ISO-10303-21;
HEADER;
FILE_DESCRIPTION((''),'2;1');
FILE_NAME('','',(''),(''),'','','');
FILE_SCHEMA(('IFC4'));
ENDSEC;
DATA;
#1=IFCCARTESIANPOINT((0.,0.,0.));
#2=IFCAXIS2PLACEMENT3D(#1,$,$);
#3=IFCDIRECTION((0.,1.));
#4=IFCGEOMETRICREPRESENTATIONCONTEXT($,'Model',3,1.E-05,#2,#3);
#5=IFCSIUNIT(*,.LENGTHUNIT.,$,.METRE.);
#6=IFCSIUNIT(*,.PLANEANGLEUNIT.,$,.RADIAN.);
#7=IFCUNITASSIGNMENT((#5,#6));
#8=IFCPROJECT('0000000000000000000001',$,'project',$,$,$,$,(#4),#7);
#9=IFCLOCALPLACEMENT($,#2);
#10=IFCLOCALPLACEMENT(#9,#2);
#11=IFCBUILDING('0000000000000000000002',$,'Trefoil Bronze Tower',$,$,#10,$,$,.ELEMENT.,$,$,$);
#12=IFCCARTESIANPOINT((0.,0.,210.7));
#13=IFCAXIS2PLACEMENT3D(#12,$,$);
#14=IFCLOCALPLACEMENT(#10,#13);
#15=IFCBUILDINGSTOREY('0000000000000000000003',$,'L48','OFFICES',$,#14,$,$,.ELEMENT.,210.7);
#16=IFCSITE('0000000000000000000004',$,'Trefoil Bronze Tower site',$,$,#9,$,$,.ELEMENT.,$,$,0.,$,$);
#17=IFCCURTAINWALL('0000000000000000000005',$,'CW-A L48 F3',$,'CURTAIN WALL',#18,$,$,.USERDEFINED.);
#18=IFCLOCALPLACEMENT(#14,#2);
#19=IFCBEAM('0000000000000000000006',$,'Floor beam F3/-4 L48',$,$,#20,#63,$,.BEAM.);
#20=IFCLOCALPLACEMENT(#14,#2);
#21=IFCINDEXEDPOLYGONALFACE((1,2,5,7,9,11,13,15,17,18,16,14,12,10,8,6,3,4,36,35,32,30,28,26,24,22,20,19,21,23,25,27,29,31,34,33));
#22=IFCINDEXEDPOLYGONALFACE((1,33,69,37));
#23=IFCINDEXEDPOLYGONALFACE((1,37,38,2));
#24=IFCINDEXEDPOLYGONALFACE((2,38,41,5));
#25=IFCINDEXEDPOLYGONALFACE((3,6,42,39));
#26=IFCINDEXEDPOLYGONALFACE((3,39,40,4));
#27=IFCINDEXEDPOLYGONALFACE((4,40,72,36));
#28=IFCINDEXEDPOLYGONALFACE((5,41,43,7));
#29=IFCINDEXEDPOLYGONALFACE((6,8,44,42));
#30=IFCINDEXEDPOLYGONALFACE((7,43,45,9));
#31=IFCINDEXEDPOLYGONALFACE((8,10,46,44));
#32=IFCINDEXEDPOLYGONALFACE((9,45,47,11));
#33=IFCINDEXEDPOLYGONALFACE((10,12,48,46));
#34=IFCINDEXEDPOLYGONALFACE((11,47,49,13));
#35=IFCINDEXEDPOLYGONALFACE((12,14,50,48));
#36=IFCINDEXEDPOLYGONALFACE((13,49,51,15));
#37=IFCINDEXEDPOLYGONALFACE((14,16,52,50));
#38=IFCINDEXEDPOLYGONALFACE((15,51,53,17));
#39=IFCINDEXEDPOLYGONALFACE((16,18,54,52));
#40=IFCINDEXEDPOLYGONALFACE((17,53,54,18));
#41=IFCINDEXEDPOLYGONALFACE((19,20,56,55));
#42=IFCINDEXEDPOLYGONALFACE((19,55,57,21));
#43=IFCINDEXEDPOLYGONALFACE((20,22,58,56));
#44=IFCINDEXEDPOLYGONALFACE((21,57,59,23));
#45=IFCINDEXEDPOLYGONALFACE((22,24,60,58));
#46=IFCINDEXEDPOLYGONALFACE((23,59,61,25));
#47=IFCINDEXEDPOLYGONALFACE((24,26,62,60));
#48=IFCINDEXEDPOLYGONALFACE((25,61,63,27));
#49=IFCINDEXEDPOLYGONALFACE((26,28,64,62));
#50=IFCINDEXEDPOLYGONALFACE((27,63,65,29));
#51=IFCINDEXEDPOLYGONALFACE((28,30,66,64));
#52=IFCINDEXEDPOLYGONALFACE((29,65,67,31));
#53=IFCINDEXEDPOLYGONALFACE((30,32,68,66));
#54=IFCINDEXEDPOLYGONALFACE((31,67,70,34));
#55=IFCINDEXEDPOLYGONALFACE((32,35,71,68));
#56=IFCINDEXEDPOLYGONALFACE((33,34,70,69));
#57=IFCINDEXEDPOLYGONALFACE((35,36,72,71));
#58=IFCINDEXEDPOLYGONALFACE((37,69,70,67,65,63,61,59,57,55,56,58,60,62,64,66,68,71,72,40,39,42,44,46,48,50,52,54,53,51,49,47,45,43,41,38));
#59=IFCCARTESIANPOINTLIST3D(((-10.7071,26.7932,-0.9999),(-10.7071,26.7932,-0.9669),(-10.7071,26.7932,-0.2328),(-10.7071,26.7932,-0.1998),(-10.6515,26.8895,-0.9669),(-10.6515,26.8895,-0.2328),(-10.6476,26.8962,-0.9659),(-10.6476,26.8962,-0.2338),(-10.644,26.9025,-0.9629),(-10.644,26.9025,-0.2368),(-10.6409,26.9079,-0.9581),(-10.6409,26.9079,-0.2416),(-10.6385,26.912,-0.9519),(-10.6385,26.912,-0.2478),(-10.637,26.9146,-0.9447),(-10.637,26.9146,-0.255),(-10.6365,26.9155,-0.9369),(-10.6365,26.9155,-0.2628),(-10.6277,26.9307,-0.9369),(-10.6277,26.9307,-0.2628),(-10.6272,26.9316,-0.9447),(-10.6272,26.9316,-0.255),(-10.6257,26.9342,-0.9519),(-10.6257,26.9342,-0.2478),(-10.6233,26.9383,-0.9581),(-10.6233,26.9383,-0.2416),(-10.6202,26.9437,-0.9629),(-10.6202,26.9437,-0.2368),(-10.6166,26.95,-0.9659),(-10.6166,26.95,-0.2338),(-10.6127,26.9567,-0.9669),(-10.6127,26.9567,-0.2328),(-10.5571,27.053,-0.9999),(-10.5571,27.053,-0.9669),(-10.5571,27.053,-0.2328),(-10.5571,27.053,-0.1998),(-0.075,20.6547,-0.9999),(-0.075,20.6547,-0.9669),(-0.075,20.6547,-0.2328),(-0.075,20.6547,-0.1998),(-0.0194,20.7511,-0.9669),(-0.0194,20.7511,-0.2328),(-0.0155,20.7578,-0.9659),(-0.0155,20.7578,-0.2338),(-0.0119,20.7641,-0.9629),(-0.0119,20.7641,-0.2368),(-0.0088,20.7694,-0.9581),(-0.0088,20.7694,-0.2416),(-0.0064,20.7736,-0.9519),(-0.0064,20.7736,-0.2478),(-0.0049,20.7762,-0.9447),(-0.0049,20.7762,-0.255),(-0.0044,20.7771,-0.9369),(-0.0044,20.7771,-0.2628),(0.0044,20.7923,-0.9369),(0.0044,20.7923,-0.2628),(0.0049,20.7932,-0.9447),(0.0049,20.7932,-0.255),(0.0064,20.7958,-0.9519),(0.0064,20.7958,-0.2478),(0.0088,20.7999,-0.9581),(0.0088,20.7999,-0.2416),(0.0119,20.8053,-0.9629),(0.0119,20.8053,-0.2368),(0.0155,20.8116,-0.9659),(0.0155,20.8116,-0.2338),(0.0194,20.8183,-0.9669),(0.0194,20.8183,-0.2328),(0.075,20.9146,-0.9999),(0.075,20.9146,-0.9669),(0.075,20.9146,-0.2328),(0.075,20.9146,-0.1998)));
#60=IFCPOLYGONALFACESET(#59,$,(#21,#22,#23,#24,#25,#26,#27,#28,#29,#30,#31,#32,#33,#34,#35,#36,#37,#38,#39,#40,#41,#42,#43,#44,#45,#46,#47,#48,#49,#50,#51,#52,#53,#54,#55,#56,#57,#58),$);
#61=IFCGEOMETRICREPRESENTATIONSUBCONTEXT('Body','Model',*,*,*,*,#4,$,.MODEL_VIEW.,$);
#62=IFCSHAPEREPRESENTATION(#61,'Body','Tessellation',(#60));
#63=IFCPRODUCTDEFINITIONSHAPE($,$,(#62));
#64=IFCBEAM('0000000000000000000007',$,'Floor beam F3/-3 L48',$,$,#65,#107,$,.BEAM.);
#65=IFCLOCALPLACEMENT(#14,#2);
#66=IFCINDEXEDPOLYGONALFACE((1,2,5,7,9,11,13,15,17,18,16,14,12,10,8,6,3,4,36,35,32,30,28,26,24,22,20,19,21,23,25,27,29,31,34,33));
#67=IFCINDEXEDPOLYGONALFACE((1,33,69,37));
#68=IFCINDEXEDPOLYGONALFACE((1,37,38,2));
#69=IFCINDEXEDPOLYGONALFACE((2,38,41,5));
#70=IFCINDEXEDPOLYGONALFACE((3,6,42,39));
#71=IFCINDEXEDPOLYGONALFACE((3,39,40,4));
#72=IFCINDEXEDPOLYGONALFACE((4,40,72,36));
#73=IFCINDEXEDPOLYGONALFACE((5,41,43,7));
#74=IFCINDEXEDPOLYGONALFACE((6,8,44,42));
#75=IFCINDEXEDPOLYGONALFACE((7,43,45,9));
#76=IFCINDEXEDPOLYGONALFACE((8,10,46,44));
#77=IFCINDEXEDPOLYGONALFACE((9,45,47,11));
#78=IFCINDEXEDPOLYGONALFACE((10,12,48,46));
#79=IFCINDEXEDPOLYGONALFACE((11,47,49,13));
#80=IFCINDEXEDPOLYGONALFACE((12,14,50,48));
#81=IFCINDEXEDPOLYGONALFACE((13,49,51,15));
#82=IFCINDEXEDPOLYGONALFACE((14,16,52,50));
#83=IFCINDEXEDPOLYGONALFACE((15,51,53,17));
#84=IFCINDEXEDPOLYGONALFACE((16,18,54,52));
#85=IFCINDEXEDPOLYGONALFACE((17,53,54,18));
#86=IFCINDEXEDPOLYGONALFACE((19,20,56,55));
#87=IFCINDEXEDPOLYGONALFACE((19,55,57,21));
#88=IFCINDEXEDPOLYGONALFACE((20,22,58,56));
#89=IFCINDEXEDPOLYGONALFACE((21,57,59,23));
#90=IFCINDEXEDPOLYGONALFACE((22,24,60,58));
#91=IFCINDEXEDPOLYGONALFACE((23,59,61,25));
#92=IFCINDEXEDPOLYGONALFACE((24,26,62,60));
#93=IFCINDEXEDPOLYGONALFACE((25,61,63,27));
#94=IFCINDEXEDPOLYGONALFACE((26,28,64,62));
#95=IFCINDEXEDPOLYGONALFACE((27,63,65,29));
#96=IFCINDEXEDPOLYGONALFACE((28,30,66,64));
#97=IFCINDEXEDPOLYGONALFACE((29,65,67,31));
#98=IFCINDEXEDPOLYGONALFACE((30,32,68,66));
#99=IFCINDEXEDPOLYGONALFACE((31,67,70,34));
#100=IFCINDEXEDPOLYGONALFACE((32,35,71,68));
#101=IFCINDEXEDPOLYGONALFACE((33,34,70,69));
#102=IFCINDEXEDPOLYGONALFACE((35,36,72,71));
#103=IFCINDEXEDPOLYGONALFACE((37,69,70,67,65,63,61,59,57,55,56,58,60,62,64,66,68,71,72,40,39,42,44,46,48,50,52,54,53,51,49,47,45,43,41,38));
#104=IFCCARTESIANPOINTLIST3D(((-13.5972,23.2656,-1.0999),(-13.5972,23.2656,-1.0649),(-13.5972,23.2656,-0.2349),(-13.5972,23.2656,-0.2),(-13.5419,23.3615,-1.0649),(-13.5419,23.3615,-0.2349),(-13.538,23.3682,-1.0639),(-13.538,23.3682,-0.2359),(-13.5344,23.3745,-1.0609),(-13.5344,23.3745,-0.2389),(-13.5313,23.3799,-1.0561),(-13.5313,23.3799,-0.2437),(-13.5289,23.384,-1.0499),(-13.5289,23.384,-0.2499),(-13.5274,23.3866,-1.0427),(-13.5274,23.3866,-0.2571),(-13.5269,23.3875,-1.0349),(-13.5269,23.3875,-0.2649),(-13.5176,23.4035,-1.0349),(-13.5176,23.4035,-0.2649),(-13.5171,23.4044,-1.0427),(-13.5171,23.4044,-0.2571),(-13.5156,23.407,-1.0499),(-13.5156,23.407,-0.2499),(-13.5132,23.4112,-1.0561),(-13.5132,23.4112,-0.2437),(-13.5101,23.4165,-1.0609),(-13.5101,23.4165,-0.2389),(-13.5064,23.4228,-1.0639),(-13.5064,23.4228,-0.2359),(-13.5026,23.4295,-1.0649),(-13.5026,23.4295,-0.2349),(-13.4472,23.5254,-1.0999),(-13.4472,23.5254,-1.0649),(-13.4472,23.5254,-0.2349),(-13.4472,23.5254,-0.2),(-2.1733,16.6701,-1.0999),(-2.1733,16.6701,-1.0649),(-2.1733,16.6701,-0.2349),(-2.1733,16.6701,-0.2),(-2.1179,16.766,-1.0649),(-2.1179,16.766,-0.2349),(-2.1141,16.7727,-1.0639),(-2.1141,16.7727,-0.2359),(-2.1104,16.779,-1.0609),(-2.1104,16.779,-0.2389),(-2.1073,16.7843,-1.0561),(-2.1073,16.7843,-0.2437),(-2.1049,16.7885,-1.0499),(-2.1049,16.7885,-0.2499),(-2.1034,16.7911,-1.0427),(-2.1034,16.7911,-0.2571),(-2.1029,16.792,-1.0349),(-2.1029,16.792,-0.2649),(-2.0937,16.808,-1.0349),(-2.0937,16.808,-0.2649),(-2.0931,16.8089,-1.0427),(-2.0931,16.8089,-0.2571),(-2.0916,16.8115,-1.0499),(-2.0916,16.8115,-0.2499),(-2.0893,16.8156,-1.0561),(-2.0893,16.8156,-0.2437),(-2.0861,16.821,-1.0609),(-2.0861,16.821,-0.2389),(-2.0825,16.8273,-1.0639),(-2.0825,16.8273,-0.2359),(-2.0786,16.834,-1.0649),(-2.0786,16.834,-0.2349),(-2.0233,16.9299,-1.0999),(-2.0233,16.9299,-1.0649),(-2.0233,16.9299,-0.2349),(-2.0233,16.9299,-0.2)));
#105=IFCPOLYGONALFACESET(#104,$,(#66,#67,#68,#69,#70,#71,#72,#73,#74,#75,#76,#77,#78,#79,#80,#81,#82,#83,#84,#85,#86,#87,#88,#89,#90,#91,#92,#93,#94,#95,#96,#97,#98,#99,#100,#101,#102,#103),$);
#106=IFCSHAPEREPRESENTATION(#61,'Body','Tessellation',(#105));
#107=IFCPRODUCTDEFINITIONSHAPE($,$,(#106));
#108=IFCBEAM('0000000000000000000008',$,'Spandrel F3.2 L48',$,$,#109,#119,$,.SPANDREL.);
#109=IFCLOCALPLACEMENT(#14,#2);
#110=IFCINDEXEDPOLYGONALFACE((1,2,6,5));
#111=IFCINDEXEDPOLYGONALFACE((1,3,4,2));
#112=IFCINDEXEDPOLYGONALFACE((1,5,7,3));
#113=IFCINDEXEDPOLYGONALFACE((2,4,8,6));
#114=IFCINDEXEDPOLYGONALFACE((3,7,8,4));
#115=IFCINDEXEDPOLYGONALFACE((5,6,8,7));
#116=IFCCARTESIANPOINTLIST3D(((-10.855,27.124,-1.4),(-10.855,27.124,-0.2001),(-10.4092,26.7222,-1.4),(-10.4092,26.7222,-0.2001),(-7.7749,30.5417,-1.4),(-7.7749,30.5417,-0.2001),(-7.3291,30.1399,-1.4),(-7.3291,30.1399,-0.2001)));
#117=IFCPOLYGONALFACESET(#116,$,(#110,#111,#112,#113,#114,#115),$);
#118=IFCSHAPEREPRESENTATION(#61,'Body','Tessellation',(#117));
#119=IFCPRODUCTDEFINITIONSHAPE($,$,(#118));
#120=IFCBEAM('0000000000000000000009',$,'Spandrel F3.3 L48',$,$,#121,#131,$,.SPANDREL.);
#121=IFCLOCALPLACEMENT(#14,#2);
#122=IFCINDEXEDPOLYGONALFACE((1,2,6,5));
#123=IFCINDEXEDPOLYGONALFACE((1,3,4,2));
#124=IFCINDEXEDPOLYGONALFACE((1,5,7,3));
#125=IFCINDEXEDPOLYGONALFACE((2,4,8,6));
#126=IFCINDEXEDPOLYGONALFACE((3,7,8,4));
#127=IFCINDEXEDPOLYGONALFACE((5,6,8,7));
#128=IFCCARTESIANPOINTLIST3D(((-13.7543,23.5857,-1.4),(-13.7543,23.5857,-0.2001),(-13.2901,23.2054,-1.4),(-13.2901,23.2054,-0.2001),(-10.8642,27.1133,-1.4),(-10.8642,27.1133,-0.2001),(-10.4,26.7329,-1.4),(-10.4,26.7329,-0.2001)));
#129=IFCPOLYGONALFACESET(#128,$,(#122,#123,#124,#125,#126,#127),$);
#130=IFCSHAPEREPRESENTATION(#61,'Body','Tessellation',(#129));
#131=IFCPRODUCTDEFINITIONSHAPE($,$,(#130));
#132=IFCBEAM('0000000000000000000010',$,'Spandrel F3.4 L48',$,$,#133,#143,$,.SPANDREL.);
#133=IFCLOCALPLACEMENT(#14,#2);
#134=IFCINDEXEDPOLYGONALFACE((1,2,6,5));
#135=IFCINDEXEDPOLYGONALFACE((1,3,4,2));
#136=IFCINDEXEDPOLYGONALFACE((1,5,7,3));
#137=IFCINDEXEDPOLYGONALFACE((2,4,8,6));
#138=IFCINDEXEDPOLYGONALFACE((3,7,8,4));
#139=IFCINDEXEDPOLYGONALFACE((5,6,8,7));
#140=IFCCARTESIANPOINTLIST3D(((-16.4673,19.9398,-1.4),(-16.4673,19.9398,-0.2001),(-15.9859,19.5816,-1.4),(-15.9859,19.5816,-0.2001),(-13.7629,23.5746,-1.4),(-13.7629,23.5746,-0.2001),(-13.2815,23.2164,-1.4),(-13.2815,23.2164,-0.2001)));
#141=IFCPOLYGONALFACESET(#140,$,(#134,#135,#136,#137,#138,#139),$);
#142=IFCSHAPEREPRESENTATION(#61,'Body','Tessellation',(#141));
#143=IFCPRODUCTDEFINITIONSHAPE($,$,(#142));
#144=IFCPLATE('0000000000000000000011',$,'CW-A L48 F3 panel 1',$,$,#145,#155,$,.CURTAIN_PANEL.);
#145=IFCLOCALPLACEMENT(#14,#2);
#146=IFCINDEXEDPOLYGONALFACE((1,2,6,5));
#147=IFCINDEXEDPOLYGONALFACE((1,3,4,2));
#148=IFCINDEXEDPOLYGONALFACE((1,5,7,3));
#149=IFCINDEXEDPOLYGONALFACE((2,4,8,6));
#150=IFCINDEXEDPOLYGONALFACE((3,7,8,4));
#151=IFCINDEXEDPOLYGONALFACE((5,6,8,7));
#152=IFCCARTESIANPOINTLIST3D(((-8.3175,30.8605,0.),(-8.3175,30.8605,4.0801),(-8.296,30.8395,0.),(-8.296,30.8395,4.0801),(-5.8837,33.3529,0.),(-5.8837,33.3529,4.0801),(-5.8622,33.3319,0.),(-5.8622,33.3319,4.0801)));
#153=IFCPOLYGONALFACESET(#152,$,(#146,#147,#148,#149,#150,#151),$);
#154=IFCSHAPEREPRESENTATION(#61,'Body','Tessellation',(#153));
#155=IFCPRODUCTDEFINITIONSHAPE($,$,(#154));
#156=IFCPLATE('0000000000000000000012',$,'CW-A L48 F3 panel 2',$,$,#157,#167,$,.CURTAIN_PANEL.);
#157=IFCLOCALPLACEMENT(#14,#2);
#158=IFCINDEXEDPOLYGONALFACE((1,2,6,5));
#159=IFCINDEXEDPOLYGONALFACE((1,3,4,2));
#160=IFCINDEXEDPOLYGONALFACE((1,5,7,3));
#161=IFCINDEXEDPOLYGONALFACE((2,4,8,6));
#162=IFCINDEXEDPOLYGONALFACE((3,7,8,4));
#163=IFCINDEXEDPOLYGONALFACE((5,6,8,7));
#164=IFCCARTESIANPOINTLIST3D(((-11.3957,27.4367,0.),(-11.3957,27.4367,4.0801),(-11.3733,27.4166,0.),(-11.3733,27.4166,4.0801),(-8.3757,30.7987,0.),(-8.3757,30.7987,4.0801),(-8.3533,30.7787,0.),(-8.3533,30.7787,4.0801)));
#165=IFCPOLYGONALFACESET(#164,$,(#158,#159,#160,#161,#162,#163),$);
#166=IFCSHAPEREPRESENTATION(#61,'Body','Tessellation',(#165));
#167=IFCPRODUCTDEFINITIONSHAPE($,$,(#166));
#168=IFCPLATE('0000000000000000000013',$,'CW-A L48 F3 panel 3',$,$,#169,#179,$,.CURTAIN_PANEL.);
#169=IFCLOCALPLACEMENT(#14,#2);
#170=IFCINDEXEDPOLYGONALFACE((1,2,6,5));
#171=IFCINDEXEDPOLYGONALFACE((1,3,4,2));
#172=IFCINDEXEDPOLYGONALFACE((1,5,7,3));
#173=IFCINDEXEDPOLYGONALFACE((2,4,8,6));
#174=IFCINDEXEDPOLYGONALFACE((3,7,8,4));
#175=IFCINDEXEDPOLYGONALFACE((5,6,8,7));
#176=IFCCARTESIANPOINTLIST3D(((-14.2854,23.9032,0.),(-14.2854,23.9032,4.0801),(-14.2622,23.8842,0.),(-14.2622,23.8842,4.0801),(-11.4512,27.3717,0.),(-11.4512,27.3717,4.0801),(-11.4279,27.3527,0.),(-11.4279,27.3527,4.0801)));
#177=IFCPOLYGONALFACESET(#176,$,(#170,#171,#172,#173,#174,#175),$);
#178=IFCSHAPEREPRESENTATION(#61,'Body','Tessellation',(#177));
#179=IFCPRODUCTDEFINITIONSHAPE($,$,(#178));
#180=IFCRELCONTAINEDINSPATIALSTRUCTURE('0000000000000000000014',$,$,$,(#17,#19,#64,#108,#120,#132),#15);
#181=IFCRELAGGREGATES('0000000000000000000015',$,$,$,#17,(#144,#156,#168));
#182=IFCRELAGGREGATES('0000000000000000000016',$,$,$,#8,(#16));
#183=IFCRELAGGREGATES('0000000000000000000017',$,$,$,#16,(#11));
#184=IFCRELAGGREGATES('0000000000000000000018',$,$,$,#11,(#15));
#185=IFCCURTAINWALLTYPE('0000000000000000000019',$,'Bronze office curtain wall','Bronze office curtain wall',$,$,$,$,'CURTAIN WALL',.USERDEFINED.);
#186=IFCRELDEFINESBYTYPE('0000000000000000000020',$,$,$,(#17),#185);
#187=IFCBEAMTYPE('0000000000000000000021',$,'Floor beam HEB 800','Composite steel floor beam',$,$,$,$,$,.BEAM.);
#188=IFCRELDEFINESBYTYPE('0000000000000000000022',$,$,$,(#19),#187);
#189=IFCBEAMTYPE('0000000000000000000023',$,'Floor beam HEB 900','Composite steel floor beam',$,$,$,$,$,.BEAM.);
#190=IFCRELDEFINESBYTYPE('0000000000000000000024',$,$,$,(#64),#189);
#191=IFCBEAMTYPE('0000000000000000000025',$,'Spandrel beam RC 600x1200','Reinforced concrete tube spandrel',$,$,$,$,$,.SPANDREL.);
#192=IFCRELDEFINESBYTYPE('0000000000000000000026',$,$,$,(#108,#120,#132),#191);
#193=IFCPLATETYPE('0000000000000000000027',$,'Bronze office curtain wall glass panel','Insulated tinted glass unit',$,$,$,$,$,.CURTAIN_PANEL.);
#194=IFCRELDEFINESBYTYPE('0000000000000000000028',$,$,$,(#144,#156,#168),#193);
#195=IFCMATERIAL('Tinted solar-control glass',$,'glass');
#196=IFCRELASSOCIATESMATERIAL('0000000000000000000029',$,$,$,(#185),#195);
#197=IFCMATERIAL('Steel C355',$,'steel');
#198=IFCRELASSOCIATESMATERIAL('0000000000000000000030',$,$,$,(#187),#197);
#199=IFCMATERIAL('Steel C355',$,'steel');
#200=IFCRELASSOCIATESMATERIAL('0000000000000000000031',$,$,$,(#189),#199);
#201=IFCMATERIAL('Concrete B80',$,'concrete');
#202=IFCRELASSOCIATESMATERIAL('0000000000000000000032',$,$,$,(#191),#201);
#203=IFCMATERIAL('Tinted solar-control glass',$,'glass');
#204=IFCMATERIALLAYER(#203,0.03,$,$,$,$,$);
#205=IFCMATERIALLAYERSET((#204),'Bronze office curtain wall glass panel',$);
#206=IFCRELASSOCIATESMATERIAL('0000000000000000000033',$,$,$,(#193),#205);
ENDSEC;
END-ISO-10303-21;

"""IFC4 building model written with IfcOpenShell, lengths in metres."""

from ifc_helpers import new_model, si_unit, direction, frame, origin, origin_2d, place, context, subcontext, project, spatial, rectangle, i_section, extrude, material, layer, layer_set, material_profile, profile_set, type_object, element, aggregate, save


model = new_model("IFC4")

# Units and contexts
model_context = context("Model", 3, precision=1e-05, world=origin(), true_north=direction((0.0, 1.0)))
body_context = subcontext(model_context, "Body", "Model", "MODEL_VIEW")
ifc_project = project(units=[si_unit("LENGTHUNIT", "METRE"), si_unit("PLANEANGLEUNIT", "RADIAN")], contexts=[model_context])

# Site, building, storey
site_placement = place(None, origin())
site = spatial("IfcSite", under=ifc_project, at=site_placement, Name="Trefoil Bronze Tower site", CompositionType="ELEMENT", RefElevation=0.0)
building_placement = place(site_placement, origin())
building = spatial("IfcBuilding", under=site, at=building_placement, Name="Trefoil Bronze Tower", CompositionType="ELEMENT")
storey_placement = place(building_placement, frame((0.0, 0.0, 210.7)))
storey = spatial("IfcBuildingStorey", under=building, at=storey_placement, Name="L48", Description="OFFICES", CompositionType="ELEMENT", Elevation=210.7)

# Curtain wall
ifc_material_1 = material(Name="Tinted solar-control glass", Category="glass")
curtain_wall_type_1 = type_object("IfcCurtainWallType", Name="Bronze office curtain wall", Description="Bronze office curtain wall", ElementType="CURTAIN WALL", PredefinedType="USERDEFINED", material=ifc_material_1)
curtain_wall_1_placement = place(storey_placement, origin())
curtain_wall_1 = element("IfcCurtainWall", 1, at=curtain_wall_1_placement, inside=storey, type_object=curtain_wall_type_1, Name="CW-A L48 F3", ObjectType="CURTAIN WALL", PredefinedType="USERDEFINED")

# Beams
ifc_material_2 = material(Name="Steel C355", Category="steel")
ifc_material_profile_1 = material_profile(ifc_material_2, i_section(OverallWidth=0.3, OverallDepth=0.8, WebThickness=0.0176, FlangeThickness=0.033, FilletRadius=0.03, at=origin_2d()), Name="HEB 800")
ifc_profile_set_1 = profile_set([ifc_material_profile_1], Name="Steel C355")
beam_type_1 = type_object("IfcBeamType", Name="Floor beam HEB 800", Description="Composite steel floor beam", PredefinedType="BEAM", material=ifc_profile_set_1)
beam_1_placement = place(storey_placement, frame((-10.6321, 26.9231, -0.5999), z_axis=(0.866026, -0.5, 0.0), x_axis=(0.5, 0.866026, 0.0)))
element("IfcBeam", 2, at=beam_1_placement, inside=storey, type_object=beam_type_1, Name="Floor beam F3/-4 L48", PredefinedType="BEAM", context=body_context, shape_type="SweptSolid", body=[
    extrude(i_section(OverallWidth=0.3, OverallDepth=0.8, WebThickness=0.0176, FlangeThickness=0.033, FilletRadius=0.03, at=origin_2d()), origin(), (0.0, 0.0, 1.0), 12.2769),
])
ifc_material_3 = material(Name="Steel C355", Category="steel")
ifc_material_profile_2 = material_profile(ifc_material_3, i_section(OverallWidth=0.3, OverallDepth=0.8999, WebThickness=0.0186, FlangeThickness=0.0349, FilletRadius=0.03, at=origin_2d()), Name="HEB 900")
ifc_profile_set_2 = profile_set([ifc_material_profile_2], Name="Steel C355")
beam_type_2 = type_object("IfcBeamType", Name="Floor beam HEB 900", Description="Composite steel floor beam", PredefinedType="BEAM", material=ifc_profile_set_2)
beam_2_placement = place(storey_placement, frame((-13.5222, 23.3955, -0.6499), z_axis=(0.866028, -0.499995, 0.0), x_axis=(0.499995, 0.866028, 0.0)))
element("IfcBeam", 3, at=beam_2_placement, inside=storey, type_object=beam_type_2, Name="Floor beam F3/-3 L48", PredefinedType="BEAM", context=body_context, shape_type="SweptSolid", body=[
    extrude(i_section(OverallWidth=0.3, OverallDepth=0.8999, WebThickness=0.0186, FlangeThickness=0.0349, FilletRadius=0.03, at=origin_2d()), origin(), (0.0, 0.0, 1.0), 13.1912),
])
ifc_material_4 = material(Name="Concrete B80", Category="concrete")
ifc_material_profile_3 = material_profile(ifc_material_4, rectangle(XDim=0.6001, YDim=1.2, at=origin_2d()), Name="RC 600x1200")
ifc_profile_set_3 = profile_set([ifc_material_profile_3], Name="Concrete B80")
beam_type_3 = type_object("IfcBeamType", Name="Spandrel beam RC 600x1200", Description="Reinforced concrete tube spandrel", PredefinedType="SPANDREL", material=ifc_profile_set_3)
beam_3_placement = place(storey_placement, frame((-7.552, 30.3408, -0.8), z_axis=(-0.66946, -0.742848, 0.0), x_axis=(0.742848, -0.66946, 0.0)))
element("IfcBeam", 4, at=beam_3_placement, inside=storey, type_object=beam_type_3, Name="Spandrel F3.2 L48", PredefinedType="SPANDREL", context=body_context, shape_type="SweptSolid", body=[
    extrude(rectangle(XDim=0.6001, YDim=1.2, at=origin_2d()), origin(), (0.0, 0.0, 1.0), 4.6008),
])
beam_4_placement = place(storey_placement, frame((-10.6321, 26.9231, -0.8), z_axis=(-0.633754, -0.773535, 0.0), x_axis=(0.773535, -0.633754, 0.0)))
element("IfcBeam", 5, at=beam_4_placement, inside=storey, type_object=beam_type_3, Name="Spandrel F3.3 L48", PredefinedType="SPANDREL", context=body_context, shape_type="SweptSolid", body=[
    extrude(rectangle(XDim=0.6001, YDim=1.2, at=origin_2d()), origin(), (0.0, 0.0, 1.0), 4.5603),
])
beam_5_placement = place(storey_placement, frame((-13.5222, 23.3955, -0.8), z_axis=(-0.596926, -0.802296, 0.0), x_axis=(0.802296, -0.596926, 0.0)))
element("IfcBeam", 6, at=beam_5_placement, inside=storey, type_object=beam_type_3, Name="Spandrel F3.4 L48", PredefinedType="SPANDREL", context=body_context, shape_type="SweptSolid", body=[
    extrude(rectangle(XDim=0.6001, YDim=1.2, at=origin_2d()), origin(), (0.0, 0.0, 1.0), 4.5305),
])

# Plates
ifc_material_5 = material(Name="Tinted solar-control glass", Category="glass")
ifc_layer_1 = layer(ifc_material_5, 0.03)
ifc_layer_set_1 = layer_set([ifc_layer_1], Name="Bronze office curtain wall glass panel")
plate_type_1 = type_object("IfcPlateType", Name="Bronze office curtain wall glass panel", Description="Insulated tinted glass unit", PredefinedType="CURTAIN_PANEL", material=ifc_layer_set_1)
plate_1_placement = place(storey_placement, frame((-7.0898, 32.0962, 0.0), z_axis=(0.0, 0.0, 1.0), x_axis=(-0.698652, -0.715462, 0.0)))
plate_1 = element("IfcPlate", 7, at=plate_1_placement, type_object=plate_type_1, Name="CW-A L48 F3 panel 1", PredefinedType="CURTAIN_PANEL", context=body_context, shape_type="SweptSolid", body=[
    extrude(rectangle(XDim=3.4836, YDim=0.03, at=origin_2d()), origin(), (0.0, 0.0, 1.0), 4.0801),
])
plate_2_placement = place(storey_placement, frame((-9.8745, 29.1077, 0.0), z_axis=(0.0, 0.0, 1.0), x_axis=(-0.668246, -0.743941, 0.0)))
plate_2 = element("IfcPlate", 8, at=plate_2_placement, type_object=plate_type_1, Name="CW-A L48 F3 panel 2", PredefinedType="CURTAIN_PANEL", context=body_context, shape_type="SweptSolid", body=[
    extrude(rectangle(XDim=4.5193, YDim=0.03, at=origin_2d()), origin(), (0.0, 0.0, 1.0), 4.0801),
])
plate_3_placement = place(storey_placement, frame((-12.8567, 25.6279, 0.0), z_axis=(0.0, 0.0, 1.0), x_axis=(-0.632753, -0.774354, 0.0)))
plate_3 = element("IfcPlate", 9, at=plate_3_placement, type_object=plate_type_1, Name="CW-A L48 F3 panel 3", PredefinedType="CURTAIN_PANEL", context=body_context, shape_type="SweptSolid", body=[
    extrude(rectangle(XDim=4.4792, YDim=0.03, at=origin_2d()), origin(), (0.0, 0.0, 1.0), 4.0801),
])
aggregate(curtain_wall_1, [plate_1, plate_2, plate_3])

save(model, "model.ifc")
